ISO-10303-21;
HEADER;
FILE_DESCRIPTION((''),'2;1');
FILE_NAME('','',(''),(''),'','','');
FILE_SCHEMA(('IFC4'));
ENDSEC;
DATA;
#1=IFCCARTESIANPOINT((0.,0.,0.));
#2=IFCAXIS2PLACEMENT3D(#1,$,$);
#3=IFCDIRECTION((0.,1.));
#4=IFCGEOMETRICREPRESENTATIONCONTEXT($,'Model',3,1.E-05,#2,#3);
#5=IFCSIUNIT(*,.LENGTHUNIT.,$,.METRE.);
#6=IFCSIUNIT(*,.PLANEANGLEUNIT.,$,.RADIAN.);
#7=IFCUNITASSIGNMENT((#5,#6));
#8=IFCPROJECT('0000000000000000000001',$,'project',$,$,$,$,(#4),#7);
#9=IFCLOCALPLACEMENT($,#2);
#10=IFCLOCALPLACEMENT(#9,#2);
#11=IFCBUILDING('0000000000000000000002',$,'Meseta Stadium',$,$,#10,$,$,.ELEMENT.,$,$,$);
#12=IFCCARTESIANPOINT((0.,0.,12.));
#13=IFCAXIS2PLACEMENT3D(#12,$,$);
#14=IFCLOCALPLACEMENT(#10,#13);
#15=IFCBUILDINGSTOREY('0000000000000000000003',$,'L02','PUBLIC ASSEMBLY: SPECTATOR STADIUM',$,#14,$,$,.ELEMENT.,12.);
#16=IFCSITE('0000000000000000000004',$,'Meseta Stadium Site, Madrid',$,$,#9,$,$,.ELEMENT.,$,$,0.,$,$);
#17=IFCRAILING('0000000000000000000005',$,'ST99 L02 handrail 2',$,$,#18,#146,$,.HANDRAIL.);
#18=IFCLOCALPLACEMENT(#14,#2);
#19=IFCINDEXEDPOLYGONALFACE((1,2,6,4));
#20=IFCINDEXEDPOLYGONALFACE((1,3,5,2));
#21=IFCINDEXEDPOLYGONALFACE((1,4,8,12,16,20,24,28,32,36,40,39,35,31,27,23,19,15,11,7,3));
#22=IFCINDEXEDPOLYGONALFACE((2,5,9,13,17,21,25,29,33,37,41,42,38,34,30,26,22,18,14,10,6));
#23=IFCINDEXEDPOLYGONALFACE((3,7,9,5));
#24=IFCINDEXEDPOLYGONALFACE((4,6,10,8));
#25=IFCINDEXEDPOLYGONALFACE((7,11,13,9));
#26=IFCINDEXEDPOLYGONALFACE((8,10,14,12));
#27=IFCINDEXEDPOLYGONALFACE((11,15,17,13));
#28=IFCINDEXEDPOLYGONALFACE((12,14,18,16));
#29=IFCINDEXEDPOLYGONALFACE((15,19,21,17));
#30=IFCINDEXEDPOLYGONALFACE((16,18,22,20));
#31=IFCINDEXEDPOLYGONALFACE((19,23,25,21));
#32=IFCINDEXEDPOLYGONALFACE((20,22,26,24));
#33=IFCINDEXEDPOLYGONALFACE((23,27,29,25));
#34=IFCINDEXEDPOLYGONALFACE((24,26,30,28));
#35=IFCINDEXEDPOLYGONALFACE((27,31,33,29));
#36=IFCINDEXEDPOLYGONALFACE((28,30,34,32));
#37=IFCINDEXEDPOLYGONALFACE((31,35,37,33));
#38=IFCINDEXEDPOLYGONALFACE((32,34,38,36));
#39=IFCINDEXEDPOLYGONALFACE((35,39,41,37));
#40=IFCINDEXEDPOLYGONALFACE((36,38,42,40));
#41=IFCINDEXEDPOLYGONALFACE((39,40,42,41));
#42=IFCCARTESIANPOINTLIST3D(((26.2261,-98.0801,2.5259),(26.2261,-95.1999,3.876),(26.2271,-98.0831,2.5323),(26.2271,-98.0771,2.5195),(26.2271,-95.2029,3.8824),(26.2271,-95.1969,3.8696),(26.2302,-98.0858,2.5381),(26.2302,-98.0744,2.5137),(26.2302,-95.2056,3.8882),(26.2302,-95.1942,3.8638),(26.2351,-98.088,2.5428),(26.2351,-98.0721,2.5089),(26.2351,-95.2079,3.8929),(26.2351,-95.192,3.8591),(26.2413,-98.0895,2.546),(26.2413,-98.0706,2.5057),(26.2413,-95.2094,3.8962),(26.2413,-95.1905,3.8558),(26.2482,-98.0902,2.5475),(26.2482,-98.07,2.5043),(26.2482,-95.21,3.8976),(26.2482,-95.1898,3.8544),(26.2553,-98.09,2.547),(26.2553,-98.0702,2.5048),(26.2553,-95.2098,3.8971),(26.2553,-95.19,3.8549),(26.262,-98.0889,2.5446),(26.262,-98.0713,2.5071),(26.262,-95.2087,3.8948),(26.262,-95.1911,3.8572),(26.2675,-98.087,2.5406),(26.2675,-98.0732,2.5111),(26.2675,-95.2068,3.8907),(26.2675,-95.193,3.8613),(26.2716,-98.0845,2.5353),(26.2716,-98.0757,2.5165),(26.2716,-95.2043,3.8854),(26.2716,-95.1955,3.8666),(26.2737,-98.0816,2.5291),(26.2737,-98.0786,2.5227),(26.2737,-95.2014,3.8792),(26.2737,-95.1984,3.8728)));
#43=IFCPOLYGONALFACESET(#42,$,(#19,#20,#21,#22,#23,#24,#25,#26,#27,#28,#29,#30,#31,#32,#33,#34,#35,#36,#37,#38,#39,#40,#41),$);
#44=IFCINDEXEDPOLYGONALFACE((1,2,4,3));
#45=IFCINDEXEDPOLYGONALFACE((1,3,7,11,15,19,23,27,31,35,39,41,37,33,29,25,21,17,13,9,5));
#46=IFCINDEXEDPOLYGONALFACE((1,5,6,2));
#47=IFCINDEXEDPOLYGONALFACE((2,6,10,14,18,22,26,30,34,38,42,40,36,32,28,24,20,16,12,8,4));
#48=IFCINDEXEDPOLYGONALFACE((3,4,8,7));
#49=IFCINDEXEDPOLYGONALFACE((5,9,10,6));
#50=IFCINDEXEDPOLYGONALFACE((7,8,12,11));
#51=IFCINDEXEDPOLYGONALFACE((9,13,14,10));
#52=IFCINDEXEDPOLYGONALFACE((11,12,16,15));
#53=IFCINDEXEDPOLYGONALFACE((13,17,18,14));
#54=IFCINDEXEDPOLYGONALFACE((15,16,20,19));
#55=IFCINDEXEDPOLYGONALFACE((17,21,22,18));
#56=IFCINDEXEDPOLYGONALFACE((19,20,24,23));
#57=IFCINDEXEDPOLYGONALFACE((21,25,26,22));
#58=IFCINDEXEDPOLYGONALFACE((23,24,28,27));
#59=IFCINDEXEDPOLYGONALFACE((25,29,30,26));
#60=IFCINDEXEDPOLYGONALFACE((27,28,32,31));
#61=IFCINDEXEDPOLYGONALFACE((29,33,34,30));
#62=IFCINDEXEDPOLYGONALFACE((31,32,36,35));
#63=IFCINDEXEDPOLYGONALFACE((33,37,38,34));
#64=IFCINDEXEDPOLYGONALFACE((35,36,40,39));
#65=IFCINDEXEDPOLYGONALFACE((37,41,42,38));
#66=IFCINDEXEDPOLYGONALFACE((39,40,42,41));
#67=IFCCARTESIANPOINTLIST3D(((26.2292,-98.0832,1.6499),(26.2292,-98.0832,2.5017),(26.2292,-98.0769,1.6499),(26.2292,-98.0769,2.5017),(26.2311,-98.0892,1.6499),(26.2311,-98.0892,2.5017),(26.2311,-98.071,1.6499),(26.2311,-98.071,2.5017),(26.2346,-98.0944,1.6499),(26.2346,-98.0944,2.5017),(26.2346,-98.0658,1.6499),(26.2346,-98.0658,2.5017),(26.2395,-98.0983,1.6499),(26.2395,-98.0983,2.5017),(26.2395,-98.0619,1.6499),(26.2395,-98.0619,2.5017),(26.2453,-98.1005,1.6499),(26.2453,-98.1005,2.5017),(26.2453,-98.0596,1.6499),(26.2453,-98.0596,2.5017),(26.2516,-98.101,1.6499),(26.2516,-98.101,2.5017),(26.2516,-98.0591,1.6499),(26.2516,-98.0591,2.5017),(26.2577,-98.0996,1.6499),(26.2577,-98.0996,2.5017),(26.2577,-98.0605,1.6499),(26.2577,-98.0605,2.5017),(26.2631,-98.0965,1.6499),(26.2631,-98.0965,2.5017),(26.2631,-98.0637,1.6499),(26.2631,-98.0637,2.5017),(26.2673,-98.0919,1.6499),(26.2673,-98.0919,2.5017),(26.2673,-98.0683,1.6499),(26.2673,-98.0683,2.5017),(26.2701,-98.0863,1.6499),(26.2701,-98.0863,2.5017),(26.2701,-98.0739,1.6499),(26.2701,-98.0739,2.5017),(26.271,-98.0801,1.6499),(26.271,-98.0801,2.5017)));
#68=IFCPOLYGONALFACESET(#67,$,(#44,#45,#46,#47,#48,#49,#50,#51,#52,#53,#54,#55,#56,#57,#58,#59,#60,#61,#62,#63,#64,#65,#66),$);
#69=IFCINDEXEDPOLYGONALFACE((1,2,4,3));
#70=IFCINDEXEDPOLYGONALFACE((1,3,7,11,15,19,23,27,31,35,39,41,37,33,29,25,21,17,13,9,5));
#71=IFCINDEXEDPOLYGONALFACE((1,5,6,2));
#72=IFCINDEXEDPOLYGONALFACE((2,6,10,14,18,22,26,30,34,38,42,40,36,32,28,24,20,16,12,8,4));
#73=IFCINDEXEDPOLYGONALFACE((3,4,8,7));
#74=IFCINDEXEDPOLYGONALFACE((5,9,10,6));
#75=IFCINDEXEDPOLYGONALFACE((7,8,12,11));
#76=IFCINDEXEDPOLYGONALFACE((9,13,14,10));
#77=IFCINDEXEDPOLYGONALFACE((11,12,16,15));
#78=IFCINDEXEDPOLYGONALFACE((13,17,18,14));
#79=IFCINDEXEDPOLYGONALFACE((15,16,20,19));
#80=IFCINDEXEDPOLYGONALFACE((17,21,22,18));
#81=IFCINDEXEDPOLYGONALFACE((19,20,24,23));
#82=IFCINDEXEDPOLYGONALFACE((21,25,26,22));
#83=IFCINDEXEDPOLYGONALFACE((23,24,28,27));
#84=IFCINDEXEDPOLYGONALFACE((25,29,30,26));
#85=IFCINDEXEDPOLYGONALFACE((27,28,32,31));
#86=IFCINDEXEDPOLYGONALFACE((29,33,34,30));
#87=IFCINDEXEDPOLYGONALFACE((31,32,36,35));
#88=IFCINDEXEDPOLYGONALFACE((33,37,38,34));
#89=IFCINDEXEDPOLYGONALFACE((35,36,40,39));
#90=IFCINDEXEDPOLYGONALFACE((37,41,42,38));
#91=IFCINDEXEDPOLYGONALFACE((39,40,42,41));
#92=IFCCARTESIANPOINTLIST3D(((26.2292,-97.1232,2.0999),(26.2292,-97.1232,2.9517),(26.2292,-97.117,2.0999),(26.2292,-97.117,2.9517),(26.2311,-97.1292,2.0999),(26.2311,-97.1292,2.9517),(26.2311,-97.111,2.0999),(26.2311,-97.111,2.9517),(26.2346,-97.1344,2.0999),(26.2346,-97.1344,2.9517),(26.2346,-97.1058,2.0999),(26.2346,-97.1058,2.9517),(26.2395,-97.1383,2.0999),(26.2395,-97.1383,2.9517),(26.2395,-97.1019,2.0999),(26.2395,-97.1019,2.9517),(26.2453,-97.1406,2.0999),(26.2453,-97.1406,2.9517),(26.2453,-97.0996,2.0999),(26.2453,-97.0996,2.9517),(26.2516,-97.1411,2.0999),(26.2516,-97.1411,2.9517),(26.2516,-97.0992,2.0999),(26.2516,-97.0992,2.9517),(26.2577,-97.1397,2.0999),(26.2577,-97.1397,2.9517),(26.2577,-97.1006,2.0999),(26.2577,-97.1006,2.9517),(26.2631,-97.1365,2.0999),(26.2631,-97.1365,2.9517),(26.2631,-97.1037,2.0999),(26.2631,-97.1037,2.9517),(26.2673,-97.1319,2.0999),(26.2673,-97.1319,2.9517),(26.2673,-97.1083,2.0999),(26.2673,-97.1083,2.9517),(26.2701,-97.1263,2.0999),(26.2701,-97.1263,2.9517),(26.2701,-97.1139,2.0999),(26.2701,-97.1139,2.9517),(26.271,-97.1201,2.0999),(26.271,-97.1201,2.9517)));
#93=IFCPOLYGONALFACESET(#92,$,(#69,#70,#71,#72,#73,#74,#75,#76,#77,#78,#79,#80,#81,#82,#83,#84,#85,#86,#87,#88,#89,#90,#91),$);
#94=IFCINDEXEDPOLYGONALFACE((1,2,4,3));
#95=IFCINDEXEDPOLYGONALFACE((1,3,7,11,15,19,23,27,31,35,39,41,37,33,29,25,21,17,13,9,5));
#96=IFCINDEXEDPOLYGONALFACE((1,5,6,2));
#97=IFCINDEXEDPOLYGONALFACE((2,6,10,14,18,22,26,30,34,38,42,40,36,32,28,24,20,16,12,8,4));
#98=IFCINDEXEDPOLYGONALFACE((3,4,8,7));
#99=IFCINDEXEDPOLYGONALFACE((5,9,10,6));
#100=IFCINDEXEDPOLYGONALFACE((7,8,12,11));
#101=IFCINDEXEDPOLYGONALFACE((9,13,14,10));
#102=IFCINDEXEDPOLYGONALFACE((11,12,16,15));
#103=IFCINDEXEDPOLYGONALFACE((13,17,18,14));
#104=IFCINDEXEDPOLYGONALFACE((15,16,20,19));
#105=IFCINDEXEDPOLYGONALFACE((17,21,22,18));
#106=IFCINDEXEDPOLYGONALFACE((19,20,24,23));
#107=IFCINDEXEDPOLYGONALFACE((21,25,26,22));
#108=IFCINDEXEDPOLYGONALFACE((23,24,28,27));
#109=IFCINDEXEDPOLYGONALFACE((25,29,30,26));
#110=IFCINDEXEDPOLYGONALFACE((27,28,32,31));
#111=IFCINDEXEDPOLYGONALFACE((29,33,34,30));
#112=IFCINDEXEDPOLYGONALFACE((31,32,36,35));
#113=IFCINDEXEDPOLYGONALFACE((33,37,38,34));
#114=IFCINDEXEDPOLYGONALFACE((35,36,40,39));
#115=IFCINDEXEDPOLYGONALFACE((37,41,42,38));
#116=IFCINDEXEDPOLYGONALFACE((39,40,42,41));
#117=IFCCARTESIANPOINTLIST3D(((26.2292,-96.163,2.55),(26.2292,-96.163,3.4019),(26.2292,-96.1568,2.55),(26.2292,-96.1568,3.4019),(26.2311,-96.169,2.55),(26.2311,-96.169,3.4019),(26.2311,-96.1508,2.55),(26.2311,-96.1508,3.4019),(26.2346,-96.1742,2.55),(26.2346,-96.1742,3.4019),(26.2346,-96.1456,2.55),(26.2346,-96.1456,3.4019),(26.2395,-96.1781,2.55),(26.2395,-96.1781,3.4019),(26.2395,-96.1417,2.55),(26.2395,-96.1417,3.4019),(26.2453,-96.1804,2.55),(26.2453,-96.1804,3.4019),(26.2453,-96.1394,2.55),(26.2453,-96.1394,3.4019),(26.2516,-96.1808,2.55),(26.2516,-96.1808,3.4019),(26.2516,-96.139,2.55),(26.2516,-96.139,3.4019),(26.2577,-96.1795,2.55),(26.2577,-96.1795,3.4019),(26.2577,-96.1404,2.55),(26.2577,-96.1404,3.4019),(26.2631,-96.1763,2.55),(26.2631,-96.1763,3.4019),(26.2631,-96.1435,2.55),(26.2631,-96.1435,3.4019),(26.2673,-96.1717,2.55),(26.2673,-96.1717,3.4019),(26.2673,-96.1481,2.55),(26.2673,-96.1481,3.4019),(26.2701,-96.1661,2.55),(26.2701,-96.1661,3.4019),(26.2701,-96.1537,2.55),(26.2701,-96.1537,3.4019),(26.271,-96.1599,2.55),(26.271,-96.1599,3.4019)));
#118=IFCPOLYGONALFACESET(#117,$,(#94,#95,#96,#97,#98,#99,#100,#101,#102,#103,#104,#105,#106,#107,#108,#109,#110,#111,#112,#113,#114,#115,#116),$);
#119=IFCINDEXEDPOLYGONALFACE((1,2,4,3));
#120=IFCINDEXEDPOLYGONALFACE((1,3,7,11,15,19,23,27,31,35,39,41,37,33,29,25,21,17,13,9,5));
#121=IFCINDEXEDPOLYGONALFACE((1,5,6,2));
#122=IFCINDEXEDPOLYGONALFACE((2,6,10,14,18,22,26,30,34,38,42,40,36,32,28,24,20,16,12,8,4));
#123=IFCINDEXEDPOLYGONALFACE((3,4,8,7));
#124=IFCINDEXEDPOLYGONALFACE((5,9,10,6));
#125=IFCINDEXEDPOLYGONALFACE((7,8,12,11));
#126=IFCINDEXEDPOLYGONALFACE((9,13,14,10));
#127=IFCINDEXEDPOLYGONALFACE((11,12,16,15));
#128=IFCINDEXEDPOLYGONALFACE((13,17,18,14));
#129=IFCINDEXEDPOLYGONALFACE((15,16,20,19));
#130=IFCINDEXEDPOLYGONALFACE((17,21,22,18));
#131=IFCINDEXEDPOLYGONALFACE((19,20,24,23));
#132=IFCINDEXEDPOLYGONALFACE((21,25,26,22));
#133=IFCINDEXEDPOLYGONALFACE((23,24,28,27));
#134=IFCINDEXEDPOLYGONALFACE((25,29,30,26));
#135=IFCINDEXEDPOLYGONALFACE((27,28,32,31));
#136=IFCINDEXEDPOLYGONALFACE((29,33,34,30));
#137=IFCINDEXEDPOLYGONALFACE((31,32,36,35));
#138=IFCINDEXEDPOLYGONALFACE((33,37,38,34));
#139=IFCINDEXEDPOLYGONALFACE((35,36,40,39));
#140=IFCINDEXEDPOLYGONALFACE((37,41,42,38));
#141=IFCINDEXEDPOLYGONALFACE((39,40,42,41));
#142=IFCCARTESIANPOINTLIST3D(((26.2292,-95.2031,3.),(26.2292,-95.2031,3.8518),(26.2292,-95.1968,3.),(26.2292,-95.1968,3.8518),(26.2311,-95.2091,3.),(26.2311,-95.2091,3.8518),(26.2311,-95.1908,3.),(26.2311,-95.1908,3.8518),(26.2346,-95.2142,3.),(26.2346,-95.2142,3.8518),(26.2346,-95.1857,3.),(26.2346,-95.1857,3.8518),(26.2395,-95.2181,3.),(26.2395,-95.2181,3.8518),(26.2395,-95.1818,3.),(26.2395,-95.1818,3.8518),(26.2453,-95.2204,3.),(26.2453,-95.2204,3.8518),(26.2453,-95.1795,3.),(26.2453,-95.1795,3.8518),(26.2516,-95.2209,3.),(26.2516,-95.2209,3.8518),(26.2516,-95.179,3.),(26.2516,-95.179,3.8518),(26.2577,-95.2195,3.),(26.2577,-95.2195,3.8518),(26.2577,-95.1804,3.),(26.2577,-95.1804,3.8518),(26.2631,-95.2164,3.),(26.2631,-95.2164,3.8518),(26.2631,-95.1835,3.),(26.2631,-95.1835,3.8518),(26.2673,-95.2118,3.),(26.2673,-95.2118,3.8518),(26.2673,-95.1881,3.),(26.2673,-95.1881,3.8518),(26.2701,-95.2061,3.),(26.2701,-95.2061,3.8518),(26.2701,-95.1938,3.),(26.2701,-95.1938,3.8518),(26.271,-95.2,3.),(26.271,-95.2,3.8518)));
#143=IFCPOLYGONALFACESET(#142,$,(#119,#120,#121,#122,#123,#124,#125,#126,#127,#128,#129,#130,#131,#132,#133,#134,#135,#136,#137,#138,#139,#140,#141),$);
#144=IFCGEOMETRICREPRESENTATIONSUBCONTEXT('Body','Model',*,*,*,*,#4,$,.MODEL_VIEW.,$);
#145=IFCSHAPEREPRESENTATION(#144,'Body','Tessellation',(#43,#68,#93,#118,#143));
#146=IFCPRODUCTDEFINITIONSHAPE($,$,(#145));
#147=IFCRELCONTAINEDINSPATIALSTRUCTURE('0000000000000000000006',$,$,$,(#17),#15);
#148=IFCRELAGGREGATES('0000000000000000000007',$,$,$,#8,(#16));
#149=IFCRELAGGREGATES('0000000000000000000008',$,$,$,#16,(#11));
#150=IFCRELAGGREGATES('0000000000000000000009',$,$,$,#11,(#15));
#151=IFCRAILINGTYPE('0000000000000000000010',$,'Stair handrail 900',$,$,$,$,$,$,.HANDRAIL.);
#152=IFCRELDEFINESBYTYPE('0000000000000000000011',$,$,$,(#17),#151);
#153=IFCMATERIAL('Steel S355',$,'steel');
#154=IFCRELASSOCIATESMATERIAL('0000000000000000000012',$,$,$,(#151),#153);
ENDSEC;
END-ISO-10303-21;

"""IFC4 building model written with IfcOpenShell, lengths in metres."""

from ifc_helpers import new_model, si_unit, direction, frame, origin, origin_2d, place, context, subcontext, project, spatial, circle, extrude, material, type_object, element, save


model = new_model("IFC4")

# Units and contexts
model_context = context("Model", 3, precision=1e-05, world=origin(), true_north=direction((0.0, 1.0)))
body_context = subcontext(model_context, "Body", "Model", "MODEL_VIEW")
ifc_project = project(units=[si_unit("LENGTHUNIT", "METRE"), si_unit("PLANEANGLEUNIT", "RADIAN")], contexts=[model_context])

# Site, building, storey
site_placement = place(None, origin())
site = spatial("IfcSite", under=ifc_project, at=site_placement, Name="Meseta Stadium Site, Madrid", CompositionType="ELEMENT", RefElevation=0.0)
building_placement = place(site_placement, origin())
building = spatial("IfcBuilding", under=site, at=building_placement, Name="Meseta Stadium", CompositionType="ELEMENT")
storey_placement = place(building_placement, frame((0.0, 0.0, 12.0)))
storey = spatial("IfcBuildingStorey", under=building, at=storey_placement, Name="L02", Description="PUBLIC ASSEMBLY: SPECTATOR STADIUM", CompositionType="ELEMENT", Elevation=12.0)

# Railing
ifc_material_1 = material(Name="Steel S355", Category="steel")
railing_type_1 = type_object("IfcRailingType", Name="Stair handrail 900", PredefinedType="HANDRAIL", material=ifc_material_1)
for number, where, name in (
    (1, (26.25, -98.0801, 1.6499), "ST99 L02 handrail 2"),
):
    element("IfcRailing", number, at=place(storey_placement, frame(where)), inside=storey, type_object=railing_type_1, Name=name, PredefinedType="HANDRAIL", context=body_context, shape_type="SweptSolid", body=[
        extrude(circle(Radius=0.0239, at=origin_2d()), frame((0.0, 0.0, 0.876), z_axis=(0.0, 0.905454, 0.424444), x_axis=(-1.0, 0.0, 0.0)), (0.0, 0.0, 1.0), 3.1809),
        extrude(circle(Radius=0.021, at=origin_2d()), origin(), (0.0, 0.0, 1.0), 0.8518),
        extrude(circle(Radius=0.021, at=origin_2d()), frame((0.0, 0.96, 0.45)), (0.0, 0.0, 1.0), 0.8518),
        extrude(circle(Radius=0.021, at=origin_2d()), frame((0.0, 1.9202, 0.9001)), (0.0, 0.0, 1.0), 0.8518),
        extrude(circle(Radius=0.021, at=origin_2d()), frame((0.0, 2.8801, 1.3501)), (0.0, 0.0, 1.0), 0.8518),
    ])

save(model, "model.ifc")
